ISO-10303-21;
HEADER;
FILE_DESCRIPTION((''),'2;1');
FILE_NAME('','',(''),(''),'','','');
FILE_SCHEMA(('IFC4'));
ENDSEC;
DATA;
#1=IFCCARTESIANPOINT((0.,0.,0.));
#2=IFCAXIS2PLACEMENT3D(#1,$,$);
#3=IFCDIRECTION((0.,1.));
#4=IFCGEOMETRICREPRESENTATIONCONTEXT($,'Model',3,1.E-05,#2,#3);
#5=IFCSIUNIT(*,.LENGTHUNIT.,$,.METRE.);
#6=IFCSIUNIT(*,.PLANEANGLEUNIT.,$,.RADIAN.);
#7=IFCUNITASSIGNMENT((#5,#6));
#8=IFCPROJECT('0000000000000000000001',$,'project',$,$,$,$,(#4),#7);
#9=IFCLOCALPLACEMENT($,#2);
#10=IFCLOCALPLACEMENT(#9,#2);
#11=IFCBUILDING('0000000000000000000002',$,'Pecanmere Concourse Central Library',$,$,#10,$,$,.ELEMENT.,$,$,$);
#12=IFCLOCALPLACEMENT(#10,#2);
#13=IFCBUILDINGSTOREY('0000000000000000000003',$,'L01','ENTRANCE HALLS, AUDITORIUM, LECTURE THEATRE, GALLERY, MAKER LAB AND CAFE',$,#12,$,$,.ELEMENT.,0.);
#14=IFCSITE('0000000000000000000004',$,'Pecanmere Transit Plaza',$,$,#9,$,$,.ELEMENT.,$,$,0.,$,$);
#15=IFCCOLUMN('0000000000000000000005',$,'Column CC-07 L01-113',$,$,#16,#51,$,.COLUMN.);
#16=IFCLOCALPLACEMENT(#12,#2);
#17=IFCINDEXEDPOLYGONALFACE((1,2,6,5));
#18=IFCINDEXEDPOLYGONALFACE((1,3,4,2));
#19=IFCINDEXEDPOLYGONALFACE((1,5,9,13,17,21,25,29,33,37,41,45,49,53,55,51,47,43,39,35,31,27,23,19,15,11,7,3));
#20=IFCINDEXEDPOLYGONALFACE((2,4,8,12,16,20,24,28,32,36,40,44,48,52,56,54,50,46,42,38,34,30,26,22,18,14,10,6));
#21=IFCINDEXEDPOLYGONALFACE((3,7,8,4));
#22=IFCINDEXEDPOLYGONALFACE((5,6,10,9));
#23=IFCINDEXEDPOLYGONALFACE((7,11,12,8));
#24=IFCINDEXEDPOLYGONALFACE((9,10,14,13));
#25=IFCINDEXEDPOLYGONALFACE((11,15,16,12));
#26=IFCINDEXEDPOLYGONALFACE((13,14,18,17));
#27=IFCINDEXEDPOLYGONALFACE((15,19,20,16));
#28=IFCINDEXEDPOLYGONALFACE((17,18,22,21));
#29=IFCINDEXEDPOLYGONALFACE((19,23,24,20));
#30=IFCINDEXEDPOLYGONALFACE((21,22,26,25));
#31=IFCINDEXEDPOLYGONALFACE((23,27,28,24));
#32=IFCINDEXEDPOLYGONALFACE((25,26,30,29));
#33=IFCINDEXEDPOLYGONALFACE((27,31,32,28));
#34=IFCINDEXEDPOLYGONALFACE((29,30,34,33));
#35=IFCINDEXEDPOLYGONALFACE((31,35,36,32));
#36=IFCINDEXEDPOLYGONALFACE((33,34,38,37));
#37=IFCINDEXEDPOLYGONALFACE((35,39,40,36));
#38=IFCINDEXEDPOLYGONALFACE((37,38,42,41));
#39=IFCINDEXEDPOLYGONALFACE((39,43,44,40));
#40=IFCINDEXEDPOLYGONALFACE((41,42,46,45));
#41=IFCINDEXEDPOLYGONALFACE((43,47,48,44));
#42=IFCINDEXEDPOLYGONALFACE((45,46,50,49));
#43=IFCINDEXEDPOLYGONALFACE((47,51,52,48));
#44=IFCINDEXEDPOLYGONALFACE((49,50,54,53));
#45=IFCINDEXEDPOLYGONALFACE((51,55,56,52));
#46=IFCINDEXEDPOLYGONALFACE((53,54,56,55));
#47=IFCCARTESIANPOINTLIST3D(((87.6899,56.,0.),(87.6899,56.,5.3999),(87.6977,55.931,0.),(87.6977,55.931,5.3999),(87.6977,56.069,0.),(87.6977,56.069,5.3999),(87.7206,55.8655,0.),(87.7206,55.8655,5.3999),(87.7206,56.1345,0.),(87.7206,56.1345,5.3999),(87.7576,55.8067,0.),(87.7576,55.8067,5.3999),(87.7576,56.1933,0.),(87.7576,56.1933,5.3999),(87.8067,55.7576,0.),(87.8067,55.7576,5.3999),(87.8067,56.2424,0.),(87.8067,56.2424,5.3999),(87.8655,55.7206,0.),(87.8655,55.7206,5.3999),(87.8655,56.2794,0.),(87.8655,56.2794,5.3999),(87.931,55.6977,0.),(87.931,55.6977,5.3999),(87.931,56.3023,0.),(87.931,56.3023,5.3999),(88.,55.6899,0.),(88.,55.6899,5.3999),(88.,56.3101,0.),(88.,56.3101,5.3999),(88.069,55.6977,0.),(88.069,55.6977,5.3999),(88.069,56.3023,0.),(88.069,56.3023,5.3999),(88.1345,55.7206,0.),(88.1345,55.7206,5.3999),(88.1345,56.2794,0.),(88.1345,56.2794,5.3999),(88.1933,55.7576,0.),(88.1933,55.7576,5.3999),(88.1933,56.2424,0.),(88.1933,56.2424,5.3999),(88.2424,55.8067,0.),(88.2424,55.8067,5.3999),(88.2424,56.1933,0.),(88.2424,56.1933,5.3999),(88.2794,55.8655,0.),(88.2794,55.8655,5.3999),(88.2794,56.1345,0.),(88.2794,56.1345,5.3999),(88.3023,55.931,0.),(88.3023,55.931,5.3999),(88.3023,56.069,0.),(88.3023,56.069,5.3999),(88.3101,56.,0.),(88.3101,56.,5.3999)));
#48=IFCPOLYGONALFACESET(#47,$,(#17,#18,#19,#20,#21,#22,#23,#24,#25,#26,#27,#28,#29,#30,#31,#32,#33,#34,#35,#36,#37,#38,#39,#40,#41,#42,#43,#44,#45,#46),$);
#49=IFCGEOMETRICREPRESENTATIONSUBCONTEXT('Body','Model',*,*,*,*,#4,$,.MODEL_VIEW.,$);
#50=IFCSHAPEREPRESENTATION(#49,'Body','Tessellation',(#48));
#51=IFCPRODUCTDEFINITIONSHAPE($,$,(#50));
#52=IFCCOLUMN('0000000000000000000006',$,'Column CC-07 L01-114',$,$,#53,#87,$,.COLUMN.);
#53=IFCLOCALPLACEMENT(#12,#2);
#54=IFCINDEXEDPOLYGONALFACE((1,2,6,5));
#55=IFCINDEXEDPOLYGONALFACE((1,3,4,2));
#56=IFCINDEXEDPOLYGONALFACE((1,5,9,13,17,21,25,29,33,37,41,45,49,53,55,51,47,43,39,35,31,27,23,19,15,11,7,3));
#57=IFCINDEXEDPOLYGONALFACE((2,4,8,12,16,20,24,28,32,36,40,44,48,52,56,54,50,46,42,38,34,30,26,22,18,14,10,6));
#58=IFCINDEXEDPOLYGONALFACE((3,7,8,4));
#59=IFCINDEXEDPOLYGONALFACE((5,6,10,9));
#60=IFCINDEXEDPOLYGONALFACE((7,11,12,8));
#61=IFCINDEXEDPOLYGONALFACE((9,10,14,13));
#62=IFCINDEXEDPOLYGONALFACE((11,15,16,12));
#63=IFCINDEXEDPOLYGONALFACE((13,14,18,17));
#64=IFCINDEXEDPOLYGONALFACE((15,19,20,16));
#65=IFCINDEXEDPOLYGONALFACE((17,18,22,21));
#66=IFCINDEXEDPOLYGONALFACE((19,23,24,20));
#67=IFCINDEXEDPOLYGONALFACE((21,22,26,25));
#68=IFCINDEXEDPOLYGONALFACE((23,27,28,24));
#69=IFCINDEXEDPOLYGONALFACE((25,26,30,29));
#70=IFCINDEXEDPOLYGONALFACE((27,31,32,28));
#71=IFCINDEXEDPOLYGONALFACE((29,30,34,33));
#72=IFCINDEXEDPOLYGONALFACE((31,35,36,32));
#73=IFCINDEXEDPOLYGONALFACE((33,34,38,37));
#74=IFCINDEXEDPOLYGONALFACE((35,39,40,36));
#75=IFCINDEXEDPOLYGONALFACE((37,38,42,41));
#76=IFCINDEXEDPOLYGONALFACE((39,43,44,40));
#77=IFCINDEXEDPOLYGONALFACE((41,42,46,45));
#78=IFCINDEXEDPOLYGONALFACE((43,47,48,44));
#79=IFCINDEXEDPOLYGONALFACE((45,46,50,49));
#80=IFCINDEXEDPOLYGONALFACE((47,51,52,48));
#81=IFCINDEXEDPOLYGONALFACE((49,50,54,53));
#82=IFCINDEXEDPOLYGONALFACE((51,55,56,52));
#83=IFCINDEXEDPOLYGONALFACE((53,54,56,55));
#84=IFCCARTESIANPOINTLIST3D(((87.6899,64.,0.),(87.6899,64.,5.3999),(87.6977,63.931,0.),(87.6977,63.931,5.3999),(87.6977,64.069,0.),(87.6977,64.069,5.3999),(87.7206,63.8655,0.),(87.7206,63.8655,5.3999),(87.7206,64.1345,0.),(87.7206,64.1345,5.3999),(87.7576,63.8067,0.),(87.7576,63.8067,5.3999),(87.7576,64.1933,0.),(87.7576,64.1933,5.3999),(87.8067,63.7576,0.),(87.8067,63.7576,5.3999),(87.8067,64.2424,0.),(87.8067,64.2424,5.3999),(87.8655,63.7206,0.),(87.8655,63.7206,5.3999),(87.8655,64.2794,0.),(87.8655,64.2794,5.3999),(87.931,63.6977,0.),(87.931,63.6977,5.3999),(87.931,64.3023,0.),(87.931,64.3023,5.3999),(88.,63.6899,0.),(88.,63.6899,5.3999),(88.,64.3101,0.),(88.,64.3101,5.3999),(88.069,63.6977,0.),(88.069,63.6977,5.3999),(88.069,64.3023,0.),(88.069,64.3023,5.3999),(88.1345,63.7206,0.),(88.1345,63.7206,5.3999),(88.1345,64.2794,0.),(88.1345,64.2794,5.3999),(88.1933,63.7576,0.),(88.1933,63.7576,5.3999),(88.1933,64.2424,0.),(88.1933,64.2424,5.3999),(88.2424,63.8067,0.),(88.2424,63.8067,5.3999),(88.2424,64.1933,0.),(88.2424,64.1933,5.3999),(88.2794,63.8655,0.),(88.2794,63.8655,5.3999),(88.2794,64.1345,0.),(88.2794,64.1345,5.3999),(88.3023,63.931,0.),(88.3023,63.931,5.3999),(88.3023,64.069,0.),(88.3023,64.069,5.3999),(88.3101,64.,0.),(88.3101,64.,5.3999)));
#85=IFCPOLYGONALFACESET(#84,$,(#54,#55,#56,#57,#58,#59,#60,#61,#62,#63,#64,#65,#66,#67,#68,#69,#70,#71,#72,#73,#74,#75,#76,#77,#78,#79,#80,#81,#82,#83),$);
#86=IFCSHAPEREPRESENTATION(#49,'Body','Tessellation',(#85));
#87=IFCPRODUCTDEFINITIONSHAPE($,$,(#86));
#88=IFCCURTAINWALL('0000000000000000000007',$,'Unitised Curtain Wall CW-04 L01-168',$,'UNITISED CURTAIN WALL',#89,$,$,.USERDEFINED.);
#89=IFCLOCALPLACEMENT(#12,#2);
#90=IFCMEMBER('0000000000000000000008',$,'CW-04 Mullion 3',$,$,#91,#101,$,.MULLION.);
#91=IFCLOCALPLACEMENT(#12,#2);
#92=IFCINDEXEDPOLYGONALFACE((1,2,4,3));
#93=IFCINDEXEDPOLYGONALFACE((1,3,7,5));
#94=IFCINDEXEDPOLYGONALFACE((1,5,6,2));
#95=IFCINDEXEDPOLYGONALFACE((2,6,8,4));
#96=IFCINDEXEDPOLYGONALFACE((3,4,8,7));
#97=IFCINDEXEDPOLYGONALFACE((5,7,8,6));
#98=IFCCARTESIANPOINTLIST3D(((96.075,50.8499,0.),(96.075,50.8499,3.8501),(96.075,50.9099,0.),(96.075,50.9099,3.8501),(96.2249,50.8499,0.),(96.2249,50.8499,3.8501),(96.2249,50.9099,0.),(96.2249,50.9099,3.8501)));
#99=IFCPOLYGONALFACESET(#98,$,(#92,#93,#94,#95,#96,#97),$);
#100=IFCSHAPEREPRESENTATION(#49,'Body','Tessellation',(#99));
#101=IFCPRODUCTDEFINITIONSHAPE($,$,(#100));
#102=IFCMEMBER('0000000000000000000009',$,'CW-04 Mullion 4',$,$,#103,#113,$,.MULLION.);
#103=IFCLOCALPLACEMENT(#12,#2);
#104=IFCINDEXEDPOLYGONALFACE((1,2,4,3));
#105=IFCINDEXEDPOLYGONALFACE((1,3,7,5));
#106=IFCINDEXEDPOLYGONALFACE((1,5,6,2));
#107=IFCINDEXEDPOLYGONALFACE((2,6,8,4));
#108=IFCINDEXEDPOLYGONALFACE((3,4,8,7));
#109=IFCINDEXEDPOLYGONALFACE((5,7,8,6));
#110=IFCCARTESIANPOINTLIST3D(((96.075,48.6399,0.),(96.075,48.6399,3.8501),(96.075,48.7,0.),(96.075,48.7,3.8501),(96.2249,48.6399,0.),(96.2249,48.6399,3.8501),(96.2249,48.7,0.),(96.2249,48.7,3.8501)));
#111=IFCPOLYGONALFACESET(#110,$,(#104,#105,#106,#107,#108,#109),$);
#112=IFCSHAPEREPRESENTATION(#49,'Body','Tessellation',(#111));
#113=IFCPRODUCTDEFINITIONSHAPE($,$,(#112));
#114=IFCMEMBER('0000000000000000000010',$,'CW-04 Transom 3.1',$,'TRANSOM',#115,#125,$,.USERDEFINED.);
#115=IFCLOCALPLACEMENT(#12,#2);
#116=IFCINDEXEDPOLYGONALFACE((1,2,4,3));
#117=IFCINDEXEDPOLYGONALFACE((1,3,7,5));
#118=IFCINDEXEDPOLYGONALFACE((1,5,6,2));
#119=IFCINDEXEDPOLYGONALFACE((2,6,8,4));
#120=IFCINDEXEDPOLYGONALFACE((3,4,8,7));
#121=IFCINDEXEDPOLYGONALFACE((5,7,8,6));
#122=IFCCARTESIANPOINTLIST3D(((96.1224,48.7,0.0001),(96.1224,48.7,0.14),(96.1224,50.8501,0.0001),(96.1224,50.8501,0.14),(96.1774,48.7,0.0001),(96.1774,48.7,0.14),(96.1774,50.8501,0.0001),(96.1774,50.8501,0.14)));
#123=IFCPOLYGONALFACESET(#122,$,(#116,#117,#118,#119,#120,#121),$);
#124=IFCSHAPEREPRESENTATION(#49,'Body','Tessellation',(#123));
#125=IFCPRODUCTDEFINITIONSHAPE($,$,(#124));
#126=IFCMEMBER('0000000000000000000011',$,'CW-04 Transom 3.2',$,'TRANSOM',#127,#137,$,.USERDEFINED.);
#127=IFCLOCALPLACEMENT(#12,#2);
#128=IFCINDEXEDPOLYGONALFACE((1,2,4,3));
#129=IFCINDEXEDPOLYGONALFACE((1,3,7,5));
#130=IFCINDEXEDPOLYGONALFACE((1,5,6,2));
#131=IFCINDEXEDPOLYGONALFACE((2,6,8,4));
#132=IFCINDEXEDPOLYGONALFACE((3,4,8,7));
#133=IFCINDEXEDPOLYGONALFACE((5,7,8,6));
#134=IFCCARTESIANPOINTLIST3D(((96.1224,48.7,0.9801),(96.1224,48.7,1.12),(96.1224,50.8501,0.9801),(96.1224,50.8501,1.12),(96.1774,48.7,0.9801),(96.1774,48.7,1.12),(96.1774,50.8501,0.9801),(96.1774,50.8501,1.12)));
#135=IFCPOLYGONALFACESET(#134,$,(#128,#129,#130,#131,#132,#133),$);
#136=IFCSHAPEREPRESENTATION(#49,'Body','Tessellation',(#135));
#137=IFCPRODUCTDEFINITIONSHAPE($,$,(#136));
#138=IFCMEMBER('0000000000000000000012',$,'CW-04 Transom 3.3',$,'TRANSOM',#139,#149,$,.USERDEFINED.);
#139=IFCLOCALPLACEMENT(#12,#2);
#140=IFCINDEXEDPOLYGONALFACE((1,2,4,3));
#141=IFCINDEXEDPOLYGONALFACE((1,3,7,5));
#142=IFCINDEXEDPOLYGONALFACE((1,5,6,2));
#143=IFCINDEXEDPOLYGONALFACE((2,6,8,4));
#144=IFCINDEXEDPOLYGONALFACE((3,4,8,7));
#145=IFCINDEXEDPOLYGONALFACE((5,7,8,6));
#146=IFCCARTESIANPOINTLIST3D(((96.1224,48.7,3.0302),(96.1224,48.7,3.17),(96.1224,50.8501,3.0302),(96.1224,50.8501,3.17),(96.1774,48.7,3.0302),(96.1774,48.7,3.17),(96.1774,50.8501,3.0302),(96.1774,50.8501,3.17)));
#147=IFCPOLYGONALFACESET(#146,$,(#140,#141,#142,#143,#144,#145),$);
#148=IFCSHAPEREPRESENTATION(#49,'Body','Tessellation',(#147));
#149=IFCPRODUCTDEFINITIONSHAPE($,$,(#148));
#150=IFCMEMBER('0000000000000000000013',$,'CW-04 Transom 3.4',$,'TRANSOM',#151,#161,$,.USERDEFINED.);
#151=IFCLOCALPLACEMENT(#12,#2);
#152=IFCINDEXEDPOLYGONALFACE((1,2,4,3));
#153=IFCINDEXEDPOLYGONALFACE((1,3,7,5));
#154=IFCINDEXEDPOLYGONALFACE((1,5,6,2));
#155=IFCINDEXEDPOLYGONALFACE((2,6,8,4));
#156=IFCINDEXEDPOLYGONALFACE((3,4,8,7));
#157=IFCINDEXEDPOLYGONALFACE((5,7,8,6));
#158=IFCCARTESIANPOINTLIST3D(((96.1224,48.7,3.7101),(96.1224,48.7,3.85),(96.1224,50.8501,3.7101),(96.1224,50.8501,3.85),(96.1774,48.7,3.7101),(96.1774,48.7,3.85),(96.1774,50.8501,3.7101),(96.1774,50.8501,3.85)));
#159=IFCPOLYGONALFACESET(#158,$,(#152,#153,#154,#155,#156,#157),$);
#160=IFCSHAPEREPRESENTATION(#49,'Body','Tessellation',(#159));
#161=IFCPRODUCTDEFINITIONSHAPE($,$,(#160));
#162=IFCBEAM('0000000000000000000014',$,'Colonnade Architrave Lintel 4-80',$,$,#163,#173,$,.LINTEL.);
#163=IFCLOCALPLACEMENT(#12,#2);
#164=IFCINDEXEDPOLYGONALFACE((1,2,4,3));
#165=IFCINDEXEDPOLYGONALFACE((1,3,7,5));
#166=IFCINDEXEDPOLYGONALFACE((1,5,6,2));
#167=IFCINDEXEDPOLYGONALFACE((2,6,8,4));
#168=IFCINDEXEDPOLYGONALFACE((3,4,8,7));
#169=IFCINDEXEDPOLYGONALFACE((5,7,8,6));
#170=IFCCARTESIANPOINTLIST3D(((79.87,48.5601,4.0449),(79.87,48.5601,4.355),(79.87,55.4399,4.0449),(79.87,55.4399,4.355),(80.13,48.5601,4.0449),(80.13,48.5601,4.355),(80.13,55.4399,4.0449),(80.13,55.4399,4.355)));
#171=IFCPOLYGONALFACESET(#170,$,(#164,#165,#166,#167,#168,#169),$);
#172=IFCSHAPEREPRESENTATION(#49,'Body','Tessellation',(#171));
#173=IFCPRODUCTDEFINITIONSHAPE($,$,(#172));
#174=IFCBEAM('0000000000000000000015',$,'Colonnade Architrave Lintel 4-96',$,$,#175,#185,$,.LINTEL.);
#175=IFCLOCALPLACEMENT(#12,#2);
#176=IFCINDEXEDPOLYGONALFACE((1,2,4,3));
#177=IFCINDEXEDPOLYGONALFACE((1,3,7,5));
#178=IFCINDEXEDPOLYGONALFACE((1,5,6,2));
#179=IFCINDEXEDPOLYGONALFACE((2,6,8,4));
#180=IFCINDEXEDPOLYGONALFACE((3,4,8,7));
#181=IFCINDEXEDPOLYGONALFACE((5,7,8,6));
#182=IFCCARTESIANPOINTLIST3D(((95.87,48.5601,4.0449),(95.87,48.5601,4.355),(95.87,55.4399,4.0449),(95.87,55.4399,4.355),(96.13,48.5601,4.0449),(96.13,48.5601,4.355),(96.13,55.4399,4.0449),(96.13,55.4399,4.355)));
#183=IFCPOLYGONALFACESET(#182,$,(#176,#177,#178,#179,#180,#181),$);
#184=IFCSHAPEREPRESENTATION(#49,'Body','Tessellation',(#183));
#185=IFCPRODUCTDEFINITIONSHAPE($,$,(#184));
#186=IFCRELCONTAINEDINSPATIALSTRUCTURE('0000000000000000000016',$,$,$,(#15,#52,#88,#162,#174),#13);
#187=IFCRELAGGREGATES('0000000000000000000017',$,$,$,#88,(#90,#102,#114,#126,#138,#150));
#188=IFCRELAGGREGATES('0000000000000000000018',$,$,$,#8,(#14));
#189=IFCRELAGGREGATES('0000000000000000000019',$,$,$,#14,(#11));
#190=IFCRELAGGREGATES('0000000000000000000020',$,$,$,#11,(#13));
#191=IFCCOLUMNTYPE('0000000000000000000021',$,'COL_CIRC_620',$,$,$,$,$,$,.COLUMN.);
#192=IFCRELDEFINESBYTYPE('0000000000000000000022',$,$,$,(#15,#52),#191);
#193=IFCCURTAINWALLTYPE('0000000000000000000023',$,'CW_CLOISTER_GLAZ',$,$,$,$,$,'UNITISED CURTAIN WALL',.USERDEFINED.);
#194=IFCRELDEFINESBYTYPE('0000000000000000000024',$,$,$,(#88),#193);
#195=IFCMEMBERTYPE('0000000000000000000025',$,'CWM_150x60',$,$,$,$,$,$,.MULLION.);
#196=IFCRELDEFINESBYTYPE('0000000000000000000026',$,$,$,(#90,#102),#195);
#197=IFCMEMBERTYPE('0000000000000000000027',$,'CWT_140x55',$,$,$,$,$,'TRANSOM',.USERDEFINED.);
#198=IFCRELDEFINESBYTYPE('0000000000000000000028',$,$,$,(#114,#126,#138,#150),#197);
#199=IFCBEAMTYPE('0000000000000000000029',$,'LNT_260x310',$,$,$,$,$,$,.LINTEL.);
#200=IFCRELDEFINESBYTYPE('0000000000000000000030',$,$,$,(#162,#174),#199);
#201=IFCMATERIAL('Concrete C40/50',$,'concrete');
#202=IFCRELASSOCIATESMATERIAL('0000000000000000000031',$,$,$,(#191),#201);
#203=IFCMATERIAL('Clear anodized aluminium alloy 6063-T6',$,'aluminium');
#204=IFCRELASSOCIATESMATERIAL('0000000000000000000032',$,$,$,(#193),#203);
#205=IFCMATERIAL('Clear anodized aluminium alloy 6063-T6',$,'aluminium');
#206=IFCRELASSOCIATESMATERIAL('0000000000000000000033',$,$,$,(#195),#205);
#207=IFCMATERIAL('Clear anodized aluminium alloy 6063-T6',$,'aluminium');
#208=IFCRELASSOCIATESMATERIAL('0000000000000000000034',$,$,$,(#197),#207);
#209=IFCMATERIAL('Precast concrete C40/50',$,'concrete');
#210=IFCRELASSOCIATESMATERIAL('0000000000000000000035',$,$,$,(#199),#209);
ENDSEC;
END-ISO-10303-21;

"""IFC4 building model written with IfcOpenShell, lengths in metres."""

from ifc_helpers import new_model, si_unit, direction, frame, origin, origin_2d, place, context, subcontext, project, spatial, rectangle, circle, extrude, material, material_profile, profile_set, type_object, element, aggregate, save


model = new_model("IFC4")

# Units and contexts
model_context = context("Model", 3, precision=1e-05, world=origin(), true_north=direction((0.0, 1.0)))
body_context = subcontext(model_context, "Body", "Model", "MODEL_VIEW")
ifc_project = project(units=[si_unit("LENGTHUNIT", "METRE"), si_unit("PLANEANGLEUNIT", "RADIAN")], contexts=[model_context])

# Site, building, storey
site_placement = place(None, origin())
site = spatial("IfcSite", under=ifc_project, at=site_placement, Name="Pecanmere Transit Plaza", CompositionType="ELEMENT", RefElevation=0.0)
building_placement = place(site_placement, origin())
building = spatial("IfcBuilding", under=site, at=building_placement, Name="Pecanmere Concourse Central Library", CompositionType="ELEMENT")
storey_placement = place(building_placement, origin())
storey = spatial("IfcBuildingStorey", under=building, at=storey_placement, Name="L01", Description="ENTRANCE HALLS, AUDITORIUM, LECTURE THEATRE, GALLERY, MAKER LAB AND CAFE", CompositionType="ELEMENT", Elevation=0.0)

# Columns
ifc_material_1 = material(Name="Concrete C40/50", Category="concrete")
ifc_material_profile_1 = material_profile(ifc_material_1, circle(Radius=0.3101, at=origin_2d()), Name="RC D620")
ifc_profile_set_1 = profile_set([ifc_material_profile_1], Name="Concrete C40/50")
column_type_1 = type_object("IfcColumnType", Name="COL_CIRC_620", PredefinedType="COLUMN", material=ifc_profile_set_1)
for number, where, z_axis, x_axis, name in (
    (1, (88.0, 56.0, 0.0), (0.0, 0.0, 1.0), (1.0, 0.0, 0.0), "Column CC-07 L01-113"),
    (2, (88.0, 64.0, 0.0), (0.0, 0.0, 1.0), (1.0, 0.0, 0.0), "Column CC-07 L01-114"),
):
    element("IfcColumn", number, at=place(storey_placement, frame(where, z_axis=z_axis, x_axis=x_axis)), inside=storey, type_object=column_type_1, Name=name, PredefinedType="COLUMN", context=body_context, shape_type="SweptSolid", body=[
        extrude(circle(Radius=0.3101, at=origin_2d()), origin(), (0.0, 0.0, 1.0), 5.3999),
    ])

# Curtain wall, members
ifc_material_2 = material(Name="Clear anodized aluminium alloy 6063-T6", Category="aluminium")
curtain_wall_type = type_object("IfcCurtainWallType", Name="CW_CLOISTER_GLAZ", ElementType="UNITISED CURTAIN WALL", PredefinedType="USERDEFINED", material=ifc_material_2)
curtain_wall_1_placement = place(storey_placement, origin())
curtain_wall_1 = element("IfcCurtainWall", 3, at=curtain_wall_1_placement, inside=storey, type_object=curtain_wall_type, Name="Unitised Curtain Wall CW-04 L01-168", ObjectType="UNITISED CURTAIN WALL", PredefinedType="USERDEFINED")
ifc_material_3 = material(Name="Clear anodized aluminium alloy 6063-T6", Category="aluminium")
ifc_material_profile_2 = material_profile(ifc_material_3, rectangle(XDim=0.0601, YDim=0.1499, at=origin_2d()), Name="AL 60x150")
ifc_profile_set_2 = profile_set([ifc_material_profile_2], Name="Clear anodized aluminium alloy 6063-T6")
member_type_1 = type_object("IfcMemberType", Name="CWM_150x60", PredefinedType="MULLION", material=ifc_profile_set_2)
member_1_placement = place(storey_placement, frame((96.1499, 50.8799, 0.0), z_axis=(0.0, 0.0, 1.0), x_axis=(0.0, -1.0, 0.0)))
member_1 = element("IfcMember", 4, at=member_1_placement, type_object=member_type_1, Name="CW-04 Mullion 3", PredefinedType="MULLION", context=body_context, shape_type="SweptSolid", body=[
    extrude(rectangle(XDim=0.0601, YDim=0.1499, at=origin_2d()), origin(), (0.0, 0.0, 1.0), 3.8501),
])
member_2_placement = place(storey_placement, frame((96.1499, 48.6699, 0.0), z_axis=(0.0, 0.0, 1.0), x_axis=(0.0, -1.0, 0.0)))
member_2 = element("IfcMember", 5, at=member_2_placement, type_object=member_type_1, Name="CW-04 Mullion 4", PredefinedType="MULLION", context=body_context, shape_type="SweptSolid", body=[
    extrude(rectangle(XDim=0.0601, YDim=0.1499, at=origin_2d()), origin(), (0.0, 0.0, 1.0), 3.8501),
])
ifc_material_4 = material(Name="Clear anodized aluminium alloy 6063-T6", Category="aluminium")
ifc_material_profile_3 = material_profile(ifc_material_4, rectangle(XDim=0.0549, YDim=0.1399, at=origin_2d()), Name="AL 55x140")
ifc_profile_set_3 = profile_set([ifc_material_profile_3], Name="Clear anodized aluminium alloy 6063-T6")
member_type_2 = type_object("IfcMemberType", Name="CWT_140x55", ElementType="TRANSOM", PredefinedType="USERDEFINED", material=ifc_profile_set_3)
member_3_placement = place(storey_placement, frame((96.1499, 50.8501, 0.0701), z_axis=(0.0, -1.0, 0.0), x_axis=(1.0, 0.0, 0.0)))
member_3 = element("IfcMember", 6, at=member_3_placement, type_object=member_type_2, Name="CW-04 Transom 3.1", ObjectType="TRANSOM", PredefinedType="USERDEFINED", context=body_context, shape_type="SweptSolid", body=[
    extrude(rectangle(XDim=0.0549, YDim=0.1399, at=origin_2d()), origin(), (0.0, 0.0, 1.0), 2.1501),
])
member_4_placement = place(storey_placement, frame((96.1499, 50.8501, 1.05), z_axis=(0.0, -1.0, 0.0), x_axis=(1.0, 0.0, 0.0)))
member_4 = element("IfcMember", 7, at=member_4_placement, type_object=member_type_2, Name="CW-04 Transom 3.2", ObjectType="TRANSOM", PredefinedType="USERDEFINED", context=body_context, shape_type="SweptSolid", body=[
    extrude(rectangle(XDim=0.0549, YDim=0.1399, at=origin_2d()), origin(), (0.0, 0.0, 1.0), 2.1501),
])
member_5_placement = place(storey_placement, frame((96.1499, 50.8501, 3.1001), z_axis=(0.0, -1.0, 0.0), x_axis=(1.0, 0.0, 0.0)))
member_5 = element("IfcMember", 8, at=member_5_placement, type_object=member_type_2, Name="CW-04 Transom 3.3", ObjectType="TRANSOM", PredefinedType="USERDEFINED", context=body_context, shape_type="SweptSolid", body=[
    extrude(rectangle(XDim=0.0549, YDim=0.1399, at=origin_2d()), origin(), (0.0, 0.0, 1.0), 2.1501),
])
member_6_placement = place(storey_placement, frame((96.1499, 50.8501, 3.78), z_axis=(0.0, -1.0, 0.0), x_axis=(1.0, 0.0, 0.0)))
member_6 = element("IfcMember", 9, at=member_6_placement, type_object=member_type_2, Name="CW-04 Transom 3.4", ObjectType="TRANSOM", PredefinedType="USERDEFINED", context=body_context, shape_type="SweptSolid", body=[
    extrude(rectangle(XDim=0.0549, YDim=0.1399, at=origin_2d()), origin(), (0.0, 0.0, 1.0), 2.1501),
])

# Beams
ifc_material_5 = material(Name="Precast concrete C40/50", Category="concrete")
ifc_material_profile_4 = material_profile(ifc_material_5, rectangle(XDim=0.26, YDim=0.3101, at=origin_2d()), Name="RC 260x310")
ifc_profile_set_4 = profile_set([ifc_material_profile_4], Name="Precast concrete C40/50")
beam_type_1 = type_object("IfcBeamType", Name="LNT_260x310", PredefinedType="LINTEL", material=ifc_profile_set_4)
for number, where, z_axis, x_axis, name in (
    (10, (80.0, 48.5601, 4.2), (0.0, 1.0, 0.0), (-1.0, 0.0, 0.0), "Colonnade Architrave Lintel 4-80"),
    (11, (96.0, 48.5601, 4.2), (0.0, 1.0, 0.0), (-1.0, 0.0, 0.0), "Colonnade Architrave Lintel 4-96"),
):
    element("IfcBeam", number, at=place(storey_placement, frame(where, z_axis=z_axis, x_axis=x_axis)), inside=storey, type_object=beam_type_1, Name=name, PredefinedType="LINTEL", context=body_context, shape_type="SweptSolid", body=[
        extrude(rectangle(XDim=0.26, YDim=0.3101, at=origin_2d()), origin(), (0.0, 0.0, 1.0), 6.8799),
    ])

aggregate(curtain_wall_1, [member_1, member_2, member_3, member_4, member_5, member_6])

save(model, "model.ifc")
